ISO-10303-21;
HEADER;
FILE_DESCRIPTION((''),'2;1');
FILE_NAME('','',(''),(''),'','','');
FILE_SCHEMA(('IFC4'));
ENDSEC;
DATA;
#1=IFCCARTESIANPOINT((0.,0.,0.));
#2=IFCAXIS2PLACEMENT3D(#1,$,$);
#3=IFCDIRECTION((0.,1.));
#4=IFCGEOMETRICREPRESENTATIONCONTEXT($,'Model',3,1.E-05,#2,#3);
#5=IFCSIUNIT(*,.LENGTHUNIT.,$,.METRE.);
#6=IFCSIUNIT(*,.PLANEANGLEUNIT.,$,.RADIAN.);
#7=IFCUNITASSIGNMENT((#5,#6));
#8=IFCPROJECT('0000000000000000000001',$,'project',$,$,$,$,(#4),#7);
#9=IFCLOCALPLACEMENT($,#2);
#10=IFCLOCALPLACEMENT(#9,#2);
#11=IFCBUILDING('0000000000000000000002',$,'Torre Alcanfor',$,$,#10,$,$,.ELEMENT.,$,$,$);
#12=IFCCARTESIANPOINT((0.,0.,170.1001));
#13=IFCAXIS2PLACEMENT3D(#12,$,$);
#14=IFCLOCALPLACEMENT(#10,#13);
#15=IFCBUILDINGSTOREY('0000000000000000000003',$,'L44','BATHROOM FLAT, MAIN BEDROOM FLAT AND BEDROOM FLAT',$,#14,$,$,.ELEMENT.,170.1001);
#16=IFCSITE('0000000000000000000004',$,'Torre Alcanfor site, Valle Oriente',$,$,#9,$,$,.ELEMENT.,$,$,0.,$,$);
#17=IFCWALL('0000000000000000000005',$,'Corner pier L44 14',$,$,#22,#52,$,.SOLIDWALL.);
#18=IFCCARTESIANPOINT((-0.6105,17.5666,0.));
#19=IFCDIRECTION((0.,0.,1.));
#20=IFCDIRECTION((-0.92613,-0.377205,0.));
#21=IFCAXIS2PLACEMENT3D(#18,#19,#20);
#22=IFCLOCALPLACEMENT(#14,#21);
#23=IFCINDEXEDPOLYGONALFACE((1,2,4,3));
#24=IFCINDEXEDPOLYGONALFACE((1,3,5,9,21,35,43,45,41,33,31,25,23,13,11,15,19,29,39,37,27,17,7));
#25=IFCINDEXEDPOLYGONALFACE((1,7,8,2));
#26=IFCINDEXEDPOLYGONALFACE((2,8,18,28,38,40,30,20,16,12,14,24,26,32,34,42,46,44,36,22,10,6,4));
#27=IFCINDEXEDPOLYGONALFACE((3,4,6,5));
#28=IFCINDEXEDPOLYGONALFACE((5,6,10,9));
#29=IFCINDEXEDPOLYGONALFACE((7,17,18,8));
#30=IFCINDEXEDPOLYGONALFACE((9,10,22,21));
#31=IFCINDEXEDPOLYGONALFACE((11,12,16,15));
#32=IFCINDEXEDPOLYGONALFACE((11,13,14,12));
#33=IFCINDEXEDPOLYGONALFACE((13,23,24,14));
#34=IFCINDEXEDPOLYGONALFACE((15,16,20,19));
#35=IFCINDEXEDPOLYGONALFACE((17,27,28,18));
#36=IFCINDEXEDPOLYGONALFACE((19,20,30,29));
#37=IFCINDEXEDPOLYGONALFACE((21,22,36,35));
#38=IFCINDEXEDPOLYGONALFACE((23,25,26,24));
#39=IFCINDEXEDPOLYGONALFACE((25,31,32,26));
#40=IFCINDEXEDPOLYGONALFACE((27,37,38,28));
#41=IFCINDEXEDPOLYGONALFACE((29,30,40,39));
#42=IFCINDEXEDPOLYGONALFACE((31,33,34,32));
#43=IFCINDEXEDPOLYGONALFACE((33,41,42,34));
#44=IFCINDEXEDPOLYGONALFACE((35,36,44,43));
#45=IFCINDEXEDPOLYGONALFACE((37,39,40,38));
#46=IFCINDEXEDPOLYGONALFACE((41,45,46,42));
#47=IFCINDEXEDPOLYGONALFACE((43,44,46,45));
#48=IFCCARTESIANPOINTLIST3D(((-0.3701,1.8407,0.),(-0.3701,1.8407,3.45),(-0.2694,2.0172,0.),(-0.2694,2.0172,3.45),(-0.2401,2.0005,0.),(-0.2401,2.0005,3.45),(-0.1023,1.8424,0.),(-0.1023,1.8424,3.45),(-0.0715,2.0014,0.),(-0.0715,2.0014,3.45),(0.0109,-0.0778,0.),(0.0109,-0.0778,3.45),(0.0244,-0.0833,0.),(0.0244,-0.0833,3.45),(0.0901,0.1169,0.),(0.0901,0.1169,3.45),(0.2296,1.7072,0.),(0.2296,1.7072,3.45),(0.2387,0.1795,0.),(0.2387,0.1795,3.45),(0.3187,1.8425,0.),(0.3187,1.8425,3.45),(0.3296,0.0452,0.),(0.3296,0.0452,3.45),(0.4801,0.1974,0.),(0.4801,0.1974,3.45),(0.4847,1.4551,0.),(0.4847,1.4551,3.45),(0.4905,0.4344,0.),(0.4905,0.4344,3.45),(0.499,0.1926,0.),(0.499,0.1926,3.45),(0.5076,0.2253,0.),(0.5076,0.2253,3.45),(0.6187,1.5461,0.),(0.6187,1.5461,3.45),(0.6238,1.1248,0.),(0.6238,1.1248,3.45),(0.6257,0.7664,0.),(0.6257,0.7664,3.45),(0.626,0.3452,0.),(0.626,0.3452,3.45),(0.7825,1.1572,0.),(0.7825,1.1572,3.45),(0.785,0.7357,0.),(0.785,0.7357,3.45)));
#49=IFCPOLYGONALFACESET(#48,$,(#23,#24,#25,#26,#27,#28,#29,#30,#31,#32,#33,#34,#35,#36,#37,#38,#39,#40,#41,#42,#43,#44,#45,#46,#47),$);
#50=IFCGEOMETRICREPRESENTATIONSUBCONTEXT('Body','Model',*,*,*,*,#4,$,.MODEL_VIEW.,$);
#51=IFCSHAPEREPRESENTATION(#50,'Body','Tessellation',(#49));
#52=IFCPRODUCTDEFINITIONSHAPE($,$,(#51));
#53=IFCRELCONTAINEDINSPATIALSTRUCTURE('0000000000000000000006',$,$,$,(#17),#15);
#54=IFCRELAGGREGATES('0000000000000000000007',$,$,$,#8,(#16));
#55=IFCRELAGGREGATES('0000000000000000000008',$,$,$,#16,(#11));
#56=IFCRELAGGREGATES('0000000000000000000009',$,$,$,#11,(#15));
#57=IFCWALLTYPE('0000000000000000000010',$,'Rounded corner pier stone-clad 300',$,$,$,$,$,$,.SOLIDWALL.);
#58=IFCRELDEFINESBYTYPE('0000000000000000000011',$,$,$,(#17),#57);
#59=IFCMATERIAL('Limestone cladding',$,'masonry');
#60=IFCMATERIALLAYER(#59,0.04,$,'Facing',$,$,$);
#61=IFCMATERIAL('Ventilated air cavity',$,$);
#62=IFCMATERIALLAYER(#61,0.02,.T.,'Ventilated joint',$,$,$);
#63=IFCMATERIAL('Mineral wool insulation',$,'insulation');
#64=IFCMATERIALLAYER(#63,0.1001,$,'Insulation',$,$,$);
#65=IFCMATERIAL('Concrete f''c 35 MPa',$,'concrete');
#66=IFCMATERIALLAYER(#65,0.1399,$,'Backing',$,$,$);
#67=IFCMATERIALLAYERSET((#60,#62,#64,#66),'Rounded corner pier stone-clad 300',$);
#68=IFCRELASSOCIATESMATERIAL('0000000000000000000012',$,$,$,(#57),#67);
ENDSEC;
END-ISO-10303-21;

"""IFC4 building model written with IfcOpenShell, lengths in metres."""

from ifc_helpers import new_model, si_unit, direction, frame, origin, place, context, subcontext, project, spatial, polyline, outline, extrude, material, layer, layer_set, type_object, element, save


model = new_model("IFC4")

# Units and contexts
model_context = context("Model", 3, precision=1e-05, world=origin(), true_north=direction((0.0, 1.0)))
body_context = subcontext(model_context, "Body", "Model", "MODEL_VIEW")
ifc_project = project(units=[si_unit("LENGTHUNIT", "METRE"), si_unit("PLANEANGLEUNIT", "RADIAN")], contexts=[model_context])

# Site, building, storey
site_placement = place(None, origin())
site = spatial("IfcSite", under=ifc_project, at=site_placement, Name="Torre Alcanfor site, Valle Oriente", CompositionType="ELEMENT", RefElevation=0.0)
building_placement = place(site_placement, origin())
building = spatial("IfcBuilding", under=site, at=building_placement, Name="Torre Alcanfor", CompositionType="ELEMENT")
storey_placement = place(building_placement, frame((0.0, 0.0, 170.1001)))
storey = spatial("IfcBuildingStorey", under=building, at=storey_placement, Name="L44", Description="BATHROOM FLAT, MAIN BEDROOM FLAT AND BEDROOM FLAT", CompositionType="ELEMENT", Elevation=170.1001)

# Shared definitions
ifc_material_1 = material(Name="Limestone cladding", Category="masonry")
ifc_material_2 = material(Name="Ventilated air cavity")
ifc_material_3 = material(Name="Mineral wool insulation", Category="insulation")
ifc_material_4 = material(Name="Concrete f'c 35 MPa", Category="concrete")

# Wall
ifc_layer_1 = layer(ifc_material_1, 0.04, Name="Facing")
ifc_layer_2 = layer(ifc_material_2, 0.02, ventilated=True, Name="Ventilated joint")
ifc_layer_3 = layer(ifc_material_3, 0.1001, Name="Insulation")
ifc_layer_4 = layer(ifc_material_4, 0.1399, Name="Backing")
ifc_layer_set_1 = layer_set([ifc_layer_1, ifc_layer_2, ifc_layer_3, ifc_layer_4], Name="Rounded corner pier stone-clad 300")
wall_type_1 = type_object("IfcWallType", Name="Rounded corner pier stone-clad 300", PredefinedType="SOLIDWALL", material=ifc_layer_set_1)
wall_1_placement = place(storey_placement, frame((-0.6105, 17.5666, 0.0), z_axis=(0.0, 0.0, 1.0), x_axis=(-0.92613, -0.377205, 0.0)))
element("IfcWall", 1, at=wall_1_placement, inside=storey, type_object=wall_type_1, Name="Corner pier L44 14", PredefinedType="SOLIDWALL", context=body_context, shape_type="SweptSolid", body=[
    extrude(outline(polyline([(-0.2694, 2.0172), (-0.3701, 1.8407), (-0.1023, 1.8424), (0.2296, 1.7072), (0.4847, 1.4551), (0.6238, 1.1248), (0.6257, 0.7664), (0.4905, 0.4344), (0.2387, 0.1795), (0.0901, 0.1169), (0.0109, -0.0778), (0.0244, -0.0833), (0.3296, 0.0452), (0.4801, 0.1974), (0.499, 0.1926), (0.5076, 0.2253), (0.626, 0.3452), (0.785, 0.7357), (0.7825, 1.1572), (0.6187, 1.5461), (0.3187, 1.8425), (-0.0715, 2.0014), (-0.2401, 2.0005), (-0.2694, 2.0172)])), origin(), (0.0, 0.0, 1.0), 3.45),
])

save(model, "model.ifc")
